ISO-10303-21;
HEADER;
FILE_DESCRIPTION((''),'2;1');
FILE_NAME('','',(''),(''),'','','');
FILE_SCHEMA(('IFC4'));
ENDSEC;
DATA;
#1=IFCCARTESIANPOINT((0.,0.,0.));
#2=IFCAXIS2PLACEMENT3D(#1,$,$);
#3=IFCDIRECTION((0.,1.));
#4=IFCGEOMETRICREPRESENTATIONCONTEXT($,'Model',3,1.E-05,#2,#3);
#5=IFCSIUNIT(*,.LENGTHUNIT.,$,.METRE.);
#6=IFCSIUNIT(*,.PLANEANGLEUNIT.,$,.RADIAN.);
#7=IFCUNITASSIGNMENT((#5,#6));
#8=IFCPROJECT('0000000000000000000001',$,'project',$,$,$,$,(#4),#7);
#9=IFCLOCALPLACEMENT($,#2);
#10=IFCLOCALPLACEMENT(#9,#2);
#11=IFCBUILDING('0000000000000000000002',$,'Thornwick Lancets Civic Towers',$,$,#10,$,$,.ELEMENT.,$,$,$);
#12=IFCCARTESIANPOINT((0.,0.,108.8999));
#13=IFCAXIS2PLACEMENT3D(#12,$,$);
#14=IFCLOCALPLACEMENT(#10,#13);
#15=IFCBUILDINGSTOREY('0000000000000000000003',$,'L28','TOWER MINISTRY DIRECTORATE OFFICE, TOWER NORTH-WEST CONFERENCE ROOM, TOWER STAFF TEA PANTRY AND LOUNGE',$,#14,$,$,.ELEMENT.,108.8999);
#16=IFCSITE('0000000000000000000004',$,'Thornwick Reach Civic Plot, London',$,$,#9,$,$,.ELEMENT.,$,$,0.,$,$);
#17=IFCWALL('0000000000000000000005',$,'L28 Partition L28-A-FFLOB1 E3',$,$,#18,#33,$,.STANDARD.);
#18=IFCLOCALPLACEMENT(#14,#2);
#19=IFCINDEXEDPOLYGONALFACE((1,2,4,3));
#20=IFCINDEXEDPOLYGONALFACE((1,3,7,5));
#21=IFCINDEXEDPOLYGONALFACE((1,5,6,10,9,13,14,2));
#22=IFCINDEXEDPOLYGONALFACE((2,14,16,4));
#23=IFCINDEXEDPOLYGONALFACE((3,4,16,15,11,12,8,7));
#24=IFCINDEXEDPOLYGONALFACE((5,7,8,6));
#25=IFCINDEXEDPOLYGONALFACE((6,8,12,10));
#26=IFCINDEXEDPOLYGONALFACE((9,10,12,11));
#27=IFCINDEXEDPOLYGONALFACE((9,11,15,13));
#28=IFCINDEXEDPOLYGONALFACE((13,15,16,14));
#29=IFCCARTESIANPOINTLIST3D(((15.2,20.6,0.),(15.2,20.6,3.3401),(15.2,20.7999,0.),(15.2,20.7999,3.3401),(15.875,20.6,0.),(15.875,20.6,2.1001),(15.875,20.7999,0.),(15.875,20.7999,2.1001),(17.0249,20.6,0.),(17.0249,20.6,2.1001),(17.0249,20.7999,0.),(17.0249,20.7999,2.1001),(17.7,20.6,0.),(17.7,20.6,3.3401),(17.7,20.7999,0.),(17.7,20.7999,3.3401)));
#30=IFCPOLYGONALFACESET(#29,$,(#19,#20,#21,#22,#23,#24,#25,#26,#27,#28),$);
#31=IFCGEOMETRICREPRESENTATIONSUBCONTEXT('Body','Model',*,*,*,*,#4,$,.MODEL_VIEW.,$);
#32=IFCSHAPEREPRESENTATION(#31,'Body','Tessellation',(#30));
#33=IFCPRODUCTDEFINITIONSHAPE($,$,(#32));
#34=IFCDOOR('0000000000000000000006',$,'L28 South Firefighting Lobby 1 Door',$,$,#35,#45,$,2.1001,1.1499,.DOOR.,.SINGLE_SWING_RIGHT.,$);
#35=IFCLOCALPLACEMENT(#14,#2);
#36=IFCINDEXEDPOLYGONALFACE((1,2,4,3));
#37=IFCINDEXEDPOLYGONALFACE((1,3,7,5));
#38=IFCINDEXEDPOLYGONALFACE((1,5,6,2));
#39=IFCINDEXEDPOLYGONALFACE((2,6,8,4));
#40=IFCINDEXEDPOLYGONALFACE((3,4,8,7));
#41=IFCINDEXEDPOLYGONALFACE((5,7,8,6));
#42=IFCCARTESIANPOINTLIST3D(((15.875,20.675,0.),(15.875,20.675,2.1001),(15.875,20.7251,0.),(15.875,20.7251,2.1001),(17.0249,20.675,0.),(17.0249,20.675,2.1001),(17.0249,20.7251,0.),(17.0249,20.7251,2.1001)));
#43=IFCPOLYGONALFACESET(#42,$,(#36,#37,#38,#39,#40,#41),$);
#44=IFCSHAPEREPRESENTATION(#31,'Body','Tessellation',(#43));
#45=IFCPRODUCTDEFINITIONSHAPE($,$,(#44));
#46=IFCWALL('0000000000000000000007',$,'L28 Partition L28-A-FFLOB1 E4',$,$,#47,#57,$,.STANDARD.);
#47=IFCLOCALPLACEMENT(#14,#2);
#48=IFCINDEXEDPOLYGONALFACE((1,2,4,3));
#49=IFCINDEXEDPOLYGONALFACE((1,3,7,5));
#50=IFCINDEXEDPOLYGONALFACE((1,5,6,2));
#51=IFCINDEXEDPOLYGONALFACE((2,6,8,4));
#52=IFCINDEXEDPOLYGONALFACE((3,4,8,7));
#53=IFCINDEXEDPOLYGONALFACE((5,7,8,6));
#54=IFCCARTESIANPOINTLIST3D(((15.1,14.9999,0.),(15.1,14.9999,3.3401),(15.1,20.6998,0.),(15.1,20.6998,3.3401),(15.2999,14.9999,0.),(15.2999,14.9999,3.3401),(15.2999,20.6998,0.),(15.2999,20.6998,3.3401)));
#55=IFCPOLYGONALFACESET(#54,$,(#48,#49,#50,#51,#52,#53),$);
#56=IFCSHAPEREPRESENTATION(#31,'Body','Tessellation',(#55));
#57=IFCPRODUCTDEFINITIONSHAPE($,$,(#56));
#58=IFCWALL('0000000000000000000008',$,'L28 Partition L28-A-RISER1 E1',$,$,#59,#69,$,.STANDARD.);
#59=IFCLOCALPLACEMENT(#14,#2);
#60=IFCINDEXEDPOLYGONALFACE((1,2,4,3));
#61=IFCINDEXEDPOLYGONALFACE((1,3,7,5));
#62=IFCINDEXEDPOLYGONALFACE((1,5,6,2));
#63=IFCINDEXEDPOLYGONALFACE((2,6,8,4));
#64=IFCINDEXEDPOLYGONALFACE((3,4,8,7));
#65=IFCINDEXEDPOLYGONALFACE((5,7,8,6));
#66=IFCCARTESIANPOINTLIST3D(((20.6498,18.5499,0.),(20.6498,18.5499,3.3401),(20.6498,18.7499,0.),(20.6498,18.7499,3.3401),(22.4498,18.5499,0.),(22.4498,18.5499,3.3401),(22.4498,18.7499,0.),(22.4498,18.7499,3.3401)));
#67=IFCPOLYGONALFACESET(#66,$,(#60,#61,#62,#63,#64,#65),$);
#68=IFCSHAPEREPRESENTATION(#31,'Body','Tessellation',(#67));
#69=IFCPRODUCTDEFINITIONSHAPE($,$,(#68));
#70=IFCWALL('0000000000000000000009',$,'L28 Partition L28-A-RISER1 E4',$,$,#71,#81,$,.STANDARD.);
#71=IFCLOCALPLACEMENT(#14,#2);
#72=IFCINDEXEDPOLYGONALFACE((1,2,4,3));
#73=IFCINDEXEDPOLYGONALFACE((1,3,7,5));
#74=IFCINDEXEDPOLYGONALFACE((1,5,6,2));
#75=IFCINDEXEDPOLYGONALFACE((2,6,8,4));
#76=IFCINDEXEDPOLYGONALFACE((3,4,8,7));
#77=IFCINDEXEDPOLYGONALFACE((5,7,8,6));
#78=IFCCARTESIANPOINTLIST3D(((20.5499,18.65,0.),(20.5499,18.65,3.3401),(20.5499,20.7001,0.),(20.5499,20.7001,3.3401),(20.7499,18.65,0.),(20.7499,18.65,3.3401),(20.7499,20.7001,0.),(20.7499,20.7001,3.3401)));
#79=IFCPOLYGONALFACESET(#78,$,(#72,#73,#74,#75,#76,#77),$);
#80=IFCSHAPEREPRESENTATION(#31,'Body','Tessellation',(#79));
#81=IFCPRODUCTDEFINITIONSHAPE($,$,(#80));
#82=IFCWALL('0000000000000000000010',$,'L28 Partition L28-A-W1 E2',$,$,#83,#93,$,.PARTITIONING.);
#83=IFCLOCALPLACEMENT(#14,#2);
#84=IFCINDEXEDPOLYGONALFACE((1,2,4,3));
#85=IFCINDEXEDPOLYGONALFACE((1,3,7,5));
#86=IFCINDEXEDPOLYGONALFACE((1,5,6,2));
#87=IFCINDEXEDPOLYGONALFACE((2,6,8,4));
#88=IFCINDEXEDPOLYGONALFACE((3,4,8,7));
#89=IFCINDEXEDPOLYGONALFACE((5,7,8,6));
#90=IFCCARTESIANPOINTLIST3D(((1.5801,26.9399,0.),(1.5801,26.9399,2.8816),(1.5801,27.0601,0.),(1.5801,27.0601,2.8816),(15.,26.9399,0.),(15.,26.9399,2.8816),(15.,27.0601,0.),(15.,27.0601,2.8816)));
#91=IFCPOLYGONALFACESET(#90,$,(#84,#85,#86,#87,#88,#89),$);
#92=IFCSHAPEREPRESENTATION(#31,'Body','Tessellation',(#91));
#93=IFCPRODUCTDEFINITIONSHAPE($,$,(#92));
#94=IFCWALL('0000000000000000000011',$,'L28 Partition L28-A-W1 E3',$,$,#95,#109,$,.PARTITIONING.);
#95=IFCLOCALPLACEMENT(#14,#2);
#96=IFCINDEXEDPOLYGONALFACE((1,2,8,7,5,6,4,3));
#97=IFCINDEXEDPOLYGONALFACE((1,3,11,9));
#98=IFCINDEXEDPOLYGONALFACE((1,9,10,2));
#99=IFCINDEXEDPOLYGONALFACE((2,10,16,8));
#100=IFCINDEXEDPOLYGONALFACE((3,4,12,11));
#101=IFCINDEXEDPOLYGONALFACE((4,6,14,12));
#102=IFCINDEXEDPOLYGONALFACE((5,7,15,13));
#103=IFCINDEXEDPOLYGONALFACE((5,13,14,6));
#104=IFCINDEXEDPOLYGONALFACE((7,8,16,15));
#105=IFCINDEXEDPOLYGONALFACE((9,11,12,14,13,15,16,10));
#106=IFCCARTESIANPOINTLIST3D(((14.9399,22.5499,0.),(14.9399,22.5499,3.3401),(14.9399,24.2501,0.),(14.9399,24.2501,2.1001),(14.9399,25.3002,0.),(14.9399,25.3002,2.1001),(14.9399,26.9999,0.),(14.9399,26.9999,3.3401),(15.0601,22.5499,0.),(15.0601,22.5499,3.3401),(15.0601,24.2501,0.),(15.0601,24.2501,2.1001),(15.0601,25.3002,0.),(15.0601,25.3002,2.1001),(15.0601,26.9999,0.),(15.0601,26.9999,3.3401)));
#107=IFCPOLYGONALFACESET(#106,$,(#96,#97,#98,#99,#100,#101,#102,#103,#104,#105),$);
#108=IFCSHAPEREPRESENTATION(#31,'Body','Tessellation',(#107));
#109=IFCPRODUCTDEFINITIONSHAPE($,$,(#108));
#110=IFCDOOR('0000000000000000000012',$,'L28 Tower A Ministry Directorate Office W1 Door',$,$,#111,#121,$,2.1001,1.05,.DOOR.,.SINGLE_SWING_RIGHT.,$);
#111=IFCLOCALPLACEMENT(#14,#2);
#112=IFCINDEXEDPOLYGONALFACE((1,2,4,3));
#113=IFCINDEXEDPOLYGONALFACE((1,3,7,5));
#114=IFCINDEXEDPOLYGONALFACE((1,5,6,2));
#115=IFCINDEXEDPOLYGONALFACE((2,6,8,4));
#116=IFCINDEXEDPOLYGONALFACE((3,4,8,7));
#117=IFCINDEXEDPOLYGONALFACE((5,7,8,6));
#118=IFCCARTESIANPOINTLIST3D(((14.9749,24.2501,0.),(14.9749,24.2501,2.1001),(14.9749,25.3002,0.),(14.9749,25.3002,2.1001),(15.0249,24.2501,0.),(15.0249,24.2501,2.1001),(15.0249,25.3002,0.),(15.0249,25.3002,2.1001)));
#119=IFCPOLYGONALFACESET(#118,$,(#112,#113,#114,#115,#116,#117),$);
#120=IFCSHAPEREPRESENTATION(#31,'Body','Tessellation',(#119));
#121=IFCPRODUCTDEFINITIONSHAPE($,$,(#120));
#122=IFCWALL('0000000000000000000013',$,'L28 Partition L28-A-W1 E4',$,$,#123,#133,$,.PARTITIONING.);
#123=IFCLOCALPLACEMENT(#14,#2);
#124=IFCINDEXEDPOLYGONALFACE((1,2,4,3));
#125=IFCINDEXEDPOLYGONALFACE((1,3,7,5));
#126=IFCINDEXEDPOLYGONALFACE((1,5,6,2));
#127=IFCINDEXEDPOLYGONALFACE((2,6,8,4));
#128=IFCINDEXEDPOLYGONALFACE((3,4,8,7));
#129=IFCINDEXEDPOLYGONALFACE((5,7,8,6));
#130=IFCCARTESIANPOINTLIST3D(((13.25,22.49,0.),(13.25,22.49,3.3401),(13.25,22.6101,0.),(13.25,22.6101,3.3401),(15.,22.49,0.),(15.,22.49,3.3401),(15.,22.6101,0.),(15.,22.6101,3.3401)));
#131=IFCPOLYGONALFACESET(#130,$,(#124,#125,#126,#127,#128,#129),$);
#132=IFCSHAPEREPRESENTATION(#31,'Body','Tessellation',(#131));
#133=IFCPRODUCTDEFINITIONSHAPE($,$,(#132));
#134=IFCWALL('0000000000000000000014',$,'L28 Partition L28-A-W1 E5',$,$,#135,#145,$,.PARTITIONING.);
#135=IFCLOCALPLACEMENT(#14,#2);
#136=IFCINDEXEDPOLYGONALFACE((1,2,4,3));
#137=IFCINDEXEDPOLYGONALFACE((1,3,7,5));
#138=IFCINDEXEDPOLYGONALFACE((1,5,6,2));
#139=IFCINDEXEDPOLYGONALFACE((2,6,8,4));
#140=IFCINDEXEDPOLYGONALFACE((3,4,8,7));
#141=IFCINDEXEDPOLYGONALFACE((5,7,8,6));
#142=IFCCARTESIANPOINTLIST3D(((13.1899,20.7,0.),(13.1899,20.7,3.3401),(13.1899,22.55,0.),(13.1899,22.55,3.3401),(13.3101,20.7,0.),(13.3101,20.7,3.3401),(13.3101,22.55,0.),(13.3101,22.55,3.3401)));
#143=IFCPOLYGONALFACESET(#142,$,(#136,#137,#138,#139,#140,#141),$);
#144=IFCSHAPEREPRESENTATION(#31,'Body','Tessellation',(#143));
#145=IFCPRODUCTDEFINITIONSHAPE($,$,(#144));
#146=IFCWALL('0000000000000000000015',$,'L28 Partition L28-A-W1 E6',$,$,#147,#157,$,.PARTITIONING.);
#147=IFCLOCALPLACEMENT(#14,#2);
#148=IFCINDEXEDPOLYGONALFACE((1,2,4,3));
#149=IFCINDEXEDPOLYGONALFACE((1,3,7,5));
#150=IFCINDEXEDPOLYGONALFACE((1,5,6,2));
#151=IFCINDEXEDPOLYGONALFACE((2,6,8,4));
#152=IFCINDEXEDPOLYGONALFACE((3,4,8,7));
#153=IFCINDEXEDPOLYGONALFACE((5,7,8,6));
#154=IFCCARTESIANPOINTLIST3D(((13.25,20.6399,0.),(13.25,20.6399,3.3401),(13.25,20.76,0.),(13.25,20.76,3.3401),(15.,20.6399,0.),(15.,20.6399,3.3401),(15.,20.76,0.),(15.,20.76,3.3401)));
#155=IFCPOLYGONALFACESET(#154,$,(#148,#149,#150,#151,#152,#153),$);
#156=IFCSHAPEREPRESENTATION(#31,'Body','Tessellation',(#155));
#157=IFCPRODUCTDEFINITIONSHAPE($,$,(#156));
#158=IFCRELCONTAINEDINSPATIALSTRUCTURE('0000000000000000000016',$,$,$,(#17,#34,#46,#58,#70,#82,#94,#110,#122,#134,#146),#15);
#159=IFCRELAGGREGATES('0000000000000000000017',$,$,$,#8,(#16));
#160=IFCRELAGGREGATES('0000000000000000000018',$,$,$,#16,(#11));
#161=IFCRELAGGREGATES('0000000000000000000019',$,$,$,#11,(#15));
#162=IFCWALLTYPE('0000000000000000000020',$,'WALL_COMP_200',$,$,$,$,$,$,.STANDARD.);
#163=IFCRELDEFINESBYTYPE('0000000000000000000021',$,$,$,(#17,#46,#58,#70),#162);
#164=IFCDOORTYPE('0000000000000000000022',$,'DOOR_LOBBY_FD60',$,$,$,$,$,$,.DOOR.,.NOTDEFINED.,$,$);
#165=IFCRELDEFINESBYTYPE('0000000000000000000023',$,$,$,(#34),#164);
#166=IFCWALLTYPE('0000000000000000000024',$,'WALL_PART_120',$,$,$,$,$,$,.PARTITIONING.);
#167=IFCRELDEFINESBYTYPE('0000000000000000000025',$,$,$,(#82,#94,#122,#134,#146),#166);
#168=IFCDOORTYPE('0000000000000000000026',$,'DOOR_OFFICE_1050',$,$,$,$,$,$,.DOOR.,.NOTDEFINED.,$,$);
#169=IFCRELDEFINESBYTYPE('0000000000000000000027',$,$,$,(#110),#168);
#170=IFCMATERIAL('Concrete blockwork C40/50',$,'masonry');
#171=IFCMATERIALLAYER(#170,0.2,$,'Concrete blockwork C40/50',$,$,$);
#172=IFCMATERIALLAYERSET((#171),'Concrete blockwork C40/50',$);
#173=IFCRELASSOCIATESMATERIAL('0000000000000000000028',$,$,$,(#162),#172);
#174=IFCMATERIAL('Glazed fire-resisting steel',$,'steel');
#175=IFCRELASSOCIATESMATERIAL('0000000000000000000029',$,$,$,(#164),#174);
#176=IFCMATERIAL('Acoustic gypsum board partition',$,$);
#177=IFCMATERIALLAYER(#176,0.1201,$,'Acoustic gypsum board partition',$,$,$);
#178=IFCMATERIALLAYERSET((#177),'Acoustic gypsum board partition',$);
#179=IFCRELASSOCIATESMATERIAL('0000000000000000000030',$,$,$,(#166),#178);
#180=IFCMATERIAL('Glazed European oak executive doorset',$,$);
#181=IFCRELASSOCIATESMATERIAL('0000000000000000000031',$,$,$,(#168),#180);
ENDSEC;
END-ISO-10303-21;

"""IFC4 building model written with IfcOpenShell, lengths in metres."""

from ifc_helpers import new_model, si_unit, direction, frame, frame_2d, origin, place, context, subcontext, project, spatial, rectangle, extrude, material, layer, layer_set, type_object, element, fill, save


model = new_model("IFC4")

# Units and contexts
model_context = context("Model", 3, precision=1e-05, world=origin(), true_north=direction((0.0, 1.0)))
body_context = subcontext(model_context, "Body", "Model", "MODEL_VIEW")
ifc_project = project(units=[si_unit("LENGTHUNIT", "METRE"), si_unit("PLANEANGLEUNIT", "RADIAN")], contexts=[model_context])

# Site, building, storey
site_placement = place(None, origin())
site = spatial("IfcSite", under=ifc_project, at=site_placement, Name="Thornwick Reach Civic Plot, London", CompositionType="ELEMENT", RefElevation=0.0)
building_placement = place(site_placement, origin())
building = spatial("IfcBuilding", under=site, at=building_placement, Name="Thornwick Lancets Civic Towers", CompositionType="ELEMENT")
storey_placement = place(building_placement, frame((0.0, 0.0, 108.8999)))
storey = spatial("IfcBuildingStorey", under=building, at=storey_placement, Name="L28", Description="TOWER MINISTRY DIRECTORATE OFFICE, TOWER NORTH-WEST CONFERENCE ROOM, TOWER STAFF TEA PANTRY AND LOUNGE", CompositionType="ELEMENT", Elevation=108.8999)

# Shared definitions
ifc_material_1 = material(Name="Concrete blockwork C40/50", Category="masonry")
ifc_layer_1 = layer(ifc_material_1, 0.2, Name="Concrete blockwork C40/50")
ifc_layer_set_1 = layer_set([ifc_layer_1], Name="Concrete blockwork C40/50")
wall_type_1 = type_object("IfcWallType", Name="WALL_COMP_200", PredefinedType="STANDARD", material=ifc_layer_set_1)

# Wall, opening, door
wall_1_placement = place(storey_placement, frame((17.7, 20.7, 0.0), z_axis=(0.0, 0.0, 1.0), x_axis=(-1.0, 0.0, 0.0)))
wall_1 = element("IfcWall", 1, at=wall_1_placement, inside=storey, type_object=wall_type_1, Name="L28 Partition L28-A-FFLOB1 E3", PredefinedType="STANDARD", context=body_context, shape_type="SweptSolid", body=[
    extrude(rectangle(XDim=2.5, YDim=0.2, at=frame_2d((1.25, 0.0))), origin(), (0.0, 0.0, 1.0), 3.3401),
])
opening_1_placement = place(wall_1_placement, frame((0.675, 0.0, 0.0)))
opening_1 = element("IfcOpeningElement", 2, at=opening_1_placement, cuts=wall_1, PredefinedType="OPENING", context=body_context, shape_type="SweptSolid", body=[
    extrude(rectangle(XDim=1.1499, YDim=2.1001, at=frame_2d((0.575, 1.05))), frame((0.0, 0.1099, 0.0), z_axis=(0.0, -1.0, 0.0), x_axis=(1.0, 0.0, 0.0)), (0.0, 0.0, 1.0), 0.22),
])
ifc_material_2 = material(Name="Glazed fire-resisting steel", Category="steel")
door_type_1 = type_object("IfcDoorType", Name="DOOR_LOBBY_FD60", OperationType="NOTDEFINED", PredefinedType="DOOR", material=ifc_material_2)
door_1_placement = place(opening_1_placement, origin())
door_1 = element("IfcDoor", 3, at=door_1_placement, inside=storey, type_object=door_type_1, Name="L28 South Firefighting Lobby 1 Door", OperationType="SINGLE_SWING_RIGHT", OverallHeight=2.1001, OverallWidth=1.1499, PredefinedType="DOOR", context=body_context, shape_type="SweptSolid", body=[
    extrude(rectangle(XDim=1.1499, YDim=2.1001, at=frame_2d((0.575, 1.05))), frame((0.0, 0.0249, 0.0), z_axis=(0.0, -1.0, 0.0), x_axis=(1.0, 0.0, 0.0)), (0.0, 0.0, 1.0), 0.05),
])
fill(opening_1, door_1)

# Walls
wall_2_placement = place(storey_placement, frame((15.2, 20.7, 0.0), z_axis=(0.0, 0.0, 1.0), x_axis=(0.0, -1.0, 0.0)))
element("IfcWall", 4, at=wall_2_placement, inside=storey, type_object=wall_type_1, Name="L28 Partition L28-A-FFLOB1 E4", PredefinedType="STANDARD", context=body_context, shape_type="SweptSolid", body=[
    extrude(rectangle(XDim=5.7, YDim=0.2, at=frame_2d((2.8501, 0.0))), origin(), (0.0, 0.0, 1.0), 3.3401),
])
wall_3_placement = place(storey_placement, frame((20.6499, 18.6499, 0.0), z_axis=(0.0, 0.0, 1.0), x_axis=(1.0, 0.0, 0.0)))
element("IfcWall", 5, at=wall_3_placement, inside=storey, type_object=wall_type_1, Name="L28 Partition L28-A-RISER1 E1", PredefinedType="STANDARD", context=body_context, shape_type="SweptSolid", body=[
    extrude(rectangle(XDim=1.8, YDim=0.2, at=frame_2d((0.8999, 0.0))), origin(), (0.0, 0.0, 1.0), 3.3401),
])
wall_4_placement = place(storey_placement, frame((20.6499, 20.7, 0.0), z_axis=(0.0, 0.0, 1.0), x_axis=(0.0, -1.0, 0.0)))
element("IfcWall", 6, at=wall_4_placement, inside=storey, type_object=wall_type_1, Name="L28 Partition L28-A-RISER1 E4", PredefinedType="STANDARD", context=body_context, shape_type="SweptSolid", body=[
    extrude(rectangle(XDim=2.05, YDim=0.2, at=frame_2d((1.0249, 0.0))), origin(), (0.0, 0.0, 1.0), 3.3401),
])
ifc_material_3 = material(Name="Acoustic gypsum board partition")
ifc_layer_2 = layer(ifc_material_3, 0.1201, Name="Acoustic gypsum board partition")
ifc_layer_set_2 = layer_set([ifc_layer_2], Name="Acoustic gypsum board partition")
wall_type_2 = type_object("IfcWallType", Name="WALL_PART_120", PredefinedType="PARTITIONING", material=ifc_layer_set_2)
wall_5_placement = place(storey_placement, frame((1.5801, 27.0, 0.0), z_axis=(0.0, 0.0, 1.0), x_axis=(1.0, 0.0, 0.0)))
element("IfcWall", 7, at=wall_5_placement, inside=storey, type_object=wall_type_2, Name="L28 Partition L28-A-W1 E2", PredefinedType="PARTITIONING", context=body_context, shape_type="SweptSolid", body=[
    extrude(rectangle(XDim=13.4199, YDim=0.1201, at=frame_2d((6.71, 0.0))), origin(), (0.0, 0.0, 1.0), 2.8816),
])

# Wall, opening, door
wall_6_placement = place(storey_placement, frame((15.0, 27.0, 0.0), z_axis=(0.0, 0.0, 1.0), x_axis=(0.0, -1.0, 0.0)))
wall_6 = element("IfcWall", 8, at=wall_6_placement, inside=storey, type_object=wall_type_2, Name="L28 Partition L28-A-W1 E3", PredefinedType="PARTITIONING", context=body_context, shape_type="SweptSolid", body=[
    extrude(rectangle(XDim=4.45, YDim=0.1201, at=frame_2d((2.2251, 0.0))), origin(), (0.0, 0.0, 1.0), 3.3401),
])
opening_2_placement = place(wall_6_placement, frame((1.7, 0.0, 0.0)))
opening_2 = element("IfcOpeningElement", 9, at=opening_2_placement, cuts=wall_6, PredefinedType="OPENING", context=body_context, shape_type="SweptSolid", body=[
    extrude(rectangle(XDim=1.05, YDim=2.1001, at=frame_2d((0.5249, 1.05))), frame((0.0, 0.0701, 0.0), z_axis=(0.0, -1.0, 0.0), x_axis=(1.0, 0.0, 0.0)), (0.0, 0.0, 1.0), 0.1401),
])
ifc_material_4 = material(Name="Glazed European oak executive doorset")
door_type_2 = type_object("IfcDoorType", Name="DOOR_OFFICE_1050", OperationType="NOTDEFINED", PredefinedType="DOOR", material=ifc_material_4)
door_2_placement = place(opening_2_placement, origin())
door_2 = element("IfcDoor", 10, at=door_2_placement, inside=storey, type_object=door_type_2, Name="L28 Tower A Ministry Directorate Office W1 Door", OperationType="SINGLE_SWING_RIGHT", OverallHeight=2.1001, OverallWidth=1.05, PredefinedType="DOOR", context=body_context, shape_type="SweptSolid", body=[
    extrude(rectangle(XDim=1.05, YDim=2.1001, at=frame_2d((0.5249, 1.05))), frame((0.0, 0.0249, 0.0), z_axis=(0.0, -1.0, 0.0), x_axis=(1.0, 0.0, 0.0)), (0.0, 0.0, 1.0), 0.05),
])
fill(opening_2, door_2)

# Walls
wall_7_placement = place(storey_placement, frame((15.0, 22.55, 0.0), z_axis=(0.0, 0.0, 1.0), x_axis=(-1.0, 0.0, 0.0)))
element("IfcWall", 11, at=wall_7_placement, inside=storey, type_object=wall_type_2, Name="L28 Partition L28-A-W1 E4", PredefinedType="PARTITIONING", context=body_context, shape_type="SweptSolid", body=[
    extrude(rectangle(XDim=1.75, YDim=0.1201, at=frame_2d((0.875, 0.0))), origin(), (0.0, 0.0, 1.0), 3.3401),
])
wall_8_placement = place(storey_placement, frame((13.25, 22.55, 0.0), z_axis=(0.0, 0.0, 1.0), x_axis=(0.0, -1.0, 0.0)))
element("IfcWall", 12, at=wall_8_placement, inside=storey, type_object=wall_type_2, Name="L28 Partition L28-A-W1 E5", PredefinedType="PARTITIONING", context=body_context, shape_type="SweptSolid", body=[
    extrude(rectangle(XDim=1.8501, YDim=0.1201, at=frame_2d((0.925, 0.0))), origin(), (0.0, 0.0, 1.0), 3.3401),
])
wall_9_placement = place(storey_placement, frame((13.25, 20.7, 0.0), z_axis=(0.0, 0.0, 1.0), x_axis=(1.0, 0.0, 0.0)))
element("IfcWall", 13, at=wall_9_placement, inside=storey, type_object=wall_type_2, Name="L28 Partition L28-A-W1 E6", PredefinedType="PARTITIONING", context=body_context, shape_type="SweptSolid", body=[
    extrude(rectangle(XDim=1.75, YDim=0.1201, at=frame_2d((0.875, 0.0))), origin(), (0.0, 0.0, 1.0), 3.3401),
])

save(model, "model.ifc")
